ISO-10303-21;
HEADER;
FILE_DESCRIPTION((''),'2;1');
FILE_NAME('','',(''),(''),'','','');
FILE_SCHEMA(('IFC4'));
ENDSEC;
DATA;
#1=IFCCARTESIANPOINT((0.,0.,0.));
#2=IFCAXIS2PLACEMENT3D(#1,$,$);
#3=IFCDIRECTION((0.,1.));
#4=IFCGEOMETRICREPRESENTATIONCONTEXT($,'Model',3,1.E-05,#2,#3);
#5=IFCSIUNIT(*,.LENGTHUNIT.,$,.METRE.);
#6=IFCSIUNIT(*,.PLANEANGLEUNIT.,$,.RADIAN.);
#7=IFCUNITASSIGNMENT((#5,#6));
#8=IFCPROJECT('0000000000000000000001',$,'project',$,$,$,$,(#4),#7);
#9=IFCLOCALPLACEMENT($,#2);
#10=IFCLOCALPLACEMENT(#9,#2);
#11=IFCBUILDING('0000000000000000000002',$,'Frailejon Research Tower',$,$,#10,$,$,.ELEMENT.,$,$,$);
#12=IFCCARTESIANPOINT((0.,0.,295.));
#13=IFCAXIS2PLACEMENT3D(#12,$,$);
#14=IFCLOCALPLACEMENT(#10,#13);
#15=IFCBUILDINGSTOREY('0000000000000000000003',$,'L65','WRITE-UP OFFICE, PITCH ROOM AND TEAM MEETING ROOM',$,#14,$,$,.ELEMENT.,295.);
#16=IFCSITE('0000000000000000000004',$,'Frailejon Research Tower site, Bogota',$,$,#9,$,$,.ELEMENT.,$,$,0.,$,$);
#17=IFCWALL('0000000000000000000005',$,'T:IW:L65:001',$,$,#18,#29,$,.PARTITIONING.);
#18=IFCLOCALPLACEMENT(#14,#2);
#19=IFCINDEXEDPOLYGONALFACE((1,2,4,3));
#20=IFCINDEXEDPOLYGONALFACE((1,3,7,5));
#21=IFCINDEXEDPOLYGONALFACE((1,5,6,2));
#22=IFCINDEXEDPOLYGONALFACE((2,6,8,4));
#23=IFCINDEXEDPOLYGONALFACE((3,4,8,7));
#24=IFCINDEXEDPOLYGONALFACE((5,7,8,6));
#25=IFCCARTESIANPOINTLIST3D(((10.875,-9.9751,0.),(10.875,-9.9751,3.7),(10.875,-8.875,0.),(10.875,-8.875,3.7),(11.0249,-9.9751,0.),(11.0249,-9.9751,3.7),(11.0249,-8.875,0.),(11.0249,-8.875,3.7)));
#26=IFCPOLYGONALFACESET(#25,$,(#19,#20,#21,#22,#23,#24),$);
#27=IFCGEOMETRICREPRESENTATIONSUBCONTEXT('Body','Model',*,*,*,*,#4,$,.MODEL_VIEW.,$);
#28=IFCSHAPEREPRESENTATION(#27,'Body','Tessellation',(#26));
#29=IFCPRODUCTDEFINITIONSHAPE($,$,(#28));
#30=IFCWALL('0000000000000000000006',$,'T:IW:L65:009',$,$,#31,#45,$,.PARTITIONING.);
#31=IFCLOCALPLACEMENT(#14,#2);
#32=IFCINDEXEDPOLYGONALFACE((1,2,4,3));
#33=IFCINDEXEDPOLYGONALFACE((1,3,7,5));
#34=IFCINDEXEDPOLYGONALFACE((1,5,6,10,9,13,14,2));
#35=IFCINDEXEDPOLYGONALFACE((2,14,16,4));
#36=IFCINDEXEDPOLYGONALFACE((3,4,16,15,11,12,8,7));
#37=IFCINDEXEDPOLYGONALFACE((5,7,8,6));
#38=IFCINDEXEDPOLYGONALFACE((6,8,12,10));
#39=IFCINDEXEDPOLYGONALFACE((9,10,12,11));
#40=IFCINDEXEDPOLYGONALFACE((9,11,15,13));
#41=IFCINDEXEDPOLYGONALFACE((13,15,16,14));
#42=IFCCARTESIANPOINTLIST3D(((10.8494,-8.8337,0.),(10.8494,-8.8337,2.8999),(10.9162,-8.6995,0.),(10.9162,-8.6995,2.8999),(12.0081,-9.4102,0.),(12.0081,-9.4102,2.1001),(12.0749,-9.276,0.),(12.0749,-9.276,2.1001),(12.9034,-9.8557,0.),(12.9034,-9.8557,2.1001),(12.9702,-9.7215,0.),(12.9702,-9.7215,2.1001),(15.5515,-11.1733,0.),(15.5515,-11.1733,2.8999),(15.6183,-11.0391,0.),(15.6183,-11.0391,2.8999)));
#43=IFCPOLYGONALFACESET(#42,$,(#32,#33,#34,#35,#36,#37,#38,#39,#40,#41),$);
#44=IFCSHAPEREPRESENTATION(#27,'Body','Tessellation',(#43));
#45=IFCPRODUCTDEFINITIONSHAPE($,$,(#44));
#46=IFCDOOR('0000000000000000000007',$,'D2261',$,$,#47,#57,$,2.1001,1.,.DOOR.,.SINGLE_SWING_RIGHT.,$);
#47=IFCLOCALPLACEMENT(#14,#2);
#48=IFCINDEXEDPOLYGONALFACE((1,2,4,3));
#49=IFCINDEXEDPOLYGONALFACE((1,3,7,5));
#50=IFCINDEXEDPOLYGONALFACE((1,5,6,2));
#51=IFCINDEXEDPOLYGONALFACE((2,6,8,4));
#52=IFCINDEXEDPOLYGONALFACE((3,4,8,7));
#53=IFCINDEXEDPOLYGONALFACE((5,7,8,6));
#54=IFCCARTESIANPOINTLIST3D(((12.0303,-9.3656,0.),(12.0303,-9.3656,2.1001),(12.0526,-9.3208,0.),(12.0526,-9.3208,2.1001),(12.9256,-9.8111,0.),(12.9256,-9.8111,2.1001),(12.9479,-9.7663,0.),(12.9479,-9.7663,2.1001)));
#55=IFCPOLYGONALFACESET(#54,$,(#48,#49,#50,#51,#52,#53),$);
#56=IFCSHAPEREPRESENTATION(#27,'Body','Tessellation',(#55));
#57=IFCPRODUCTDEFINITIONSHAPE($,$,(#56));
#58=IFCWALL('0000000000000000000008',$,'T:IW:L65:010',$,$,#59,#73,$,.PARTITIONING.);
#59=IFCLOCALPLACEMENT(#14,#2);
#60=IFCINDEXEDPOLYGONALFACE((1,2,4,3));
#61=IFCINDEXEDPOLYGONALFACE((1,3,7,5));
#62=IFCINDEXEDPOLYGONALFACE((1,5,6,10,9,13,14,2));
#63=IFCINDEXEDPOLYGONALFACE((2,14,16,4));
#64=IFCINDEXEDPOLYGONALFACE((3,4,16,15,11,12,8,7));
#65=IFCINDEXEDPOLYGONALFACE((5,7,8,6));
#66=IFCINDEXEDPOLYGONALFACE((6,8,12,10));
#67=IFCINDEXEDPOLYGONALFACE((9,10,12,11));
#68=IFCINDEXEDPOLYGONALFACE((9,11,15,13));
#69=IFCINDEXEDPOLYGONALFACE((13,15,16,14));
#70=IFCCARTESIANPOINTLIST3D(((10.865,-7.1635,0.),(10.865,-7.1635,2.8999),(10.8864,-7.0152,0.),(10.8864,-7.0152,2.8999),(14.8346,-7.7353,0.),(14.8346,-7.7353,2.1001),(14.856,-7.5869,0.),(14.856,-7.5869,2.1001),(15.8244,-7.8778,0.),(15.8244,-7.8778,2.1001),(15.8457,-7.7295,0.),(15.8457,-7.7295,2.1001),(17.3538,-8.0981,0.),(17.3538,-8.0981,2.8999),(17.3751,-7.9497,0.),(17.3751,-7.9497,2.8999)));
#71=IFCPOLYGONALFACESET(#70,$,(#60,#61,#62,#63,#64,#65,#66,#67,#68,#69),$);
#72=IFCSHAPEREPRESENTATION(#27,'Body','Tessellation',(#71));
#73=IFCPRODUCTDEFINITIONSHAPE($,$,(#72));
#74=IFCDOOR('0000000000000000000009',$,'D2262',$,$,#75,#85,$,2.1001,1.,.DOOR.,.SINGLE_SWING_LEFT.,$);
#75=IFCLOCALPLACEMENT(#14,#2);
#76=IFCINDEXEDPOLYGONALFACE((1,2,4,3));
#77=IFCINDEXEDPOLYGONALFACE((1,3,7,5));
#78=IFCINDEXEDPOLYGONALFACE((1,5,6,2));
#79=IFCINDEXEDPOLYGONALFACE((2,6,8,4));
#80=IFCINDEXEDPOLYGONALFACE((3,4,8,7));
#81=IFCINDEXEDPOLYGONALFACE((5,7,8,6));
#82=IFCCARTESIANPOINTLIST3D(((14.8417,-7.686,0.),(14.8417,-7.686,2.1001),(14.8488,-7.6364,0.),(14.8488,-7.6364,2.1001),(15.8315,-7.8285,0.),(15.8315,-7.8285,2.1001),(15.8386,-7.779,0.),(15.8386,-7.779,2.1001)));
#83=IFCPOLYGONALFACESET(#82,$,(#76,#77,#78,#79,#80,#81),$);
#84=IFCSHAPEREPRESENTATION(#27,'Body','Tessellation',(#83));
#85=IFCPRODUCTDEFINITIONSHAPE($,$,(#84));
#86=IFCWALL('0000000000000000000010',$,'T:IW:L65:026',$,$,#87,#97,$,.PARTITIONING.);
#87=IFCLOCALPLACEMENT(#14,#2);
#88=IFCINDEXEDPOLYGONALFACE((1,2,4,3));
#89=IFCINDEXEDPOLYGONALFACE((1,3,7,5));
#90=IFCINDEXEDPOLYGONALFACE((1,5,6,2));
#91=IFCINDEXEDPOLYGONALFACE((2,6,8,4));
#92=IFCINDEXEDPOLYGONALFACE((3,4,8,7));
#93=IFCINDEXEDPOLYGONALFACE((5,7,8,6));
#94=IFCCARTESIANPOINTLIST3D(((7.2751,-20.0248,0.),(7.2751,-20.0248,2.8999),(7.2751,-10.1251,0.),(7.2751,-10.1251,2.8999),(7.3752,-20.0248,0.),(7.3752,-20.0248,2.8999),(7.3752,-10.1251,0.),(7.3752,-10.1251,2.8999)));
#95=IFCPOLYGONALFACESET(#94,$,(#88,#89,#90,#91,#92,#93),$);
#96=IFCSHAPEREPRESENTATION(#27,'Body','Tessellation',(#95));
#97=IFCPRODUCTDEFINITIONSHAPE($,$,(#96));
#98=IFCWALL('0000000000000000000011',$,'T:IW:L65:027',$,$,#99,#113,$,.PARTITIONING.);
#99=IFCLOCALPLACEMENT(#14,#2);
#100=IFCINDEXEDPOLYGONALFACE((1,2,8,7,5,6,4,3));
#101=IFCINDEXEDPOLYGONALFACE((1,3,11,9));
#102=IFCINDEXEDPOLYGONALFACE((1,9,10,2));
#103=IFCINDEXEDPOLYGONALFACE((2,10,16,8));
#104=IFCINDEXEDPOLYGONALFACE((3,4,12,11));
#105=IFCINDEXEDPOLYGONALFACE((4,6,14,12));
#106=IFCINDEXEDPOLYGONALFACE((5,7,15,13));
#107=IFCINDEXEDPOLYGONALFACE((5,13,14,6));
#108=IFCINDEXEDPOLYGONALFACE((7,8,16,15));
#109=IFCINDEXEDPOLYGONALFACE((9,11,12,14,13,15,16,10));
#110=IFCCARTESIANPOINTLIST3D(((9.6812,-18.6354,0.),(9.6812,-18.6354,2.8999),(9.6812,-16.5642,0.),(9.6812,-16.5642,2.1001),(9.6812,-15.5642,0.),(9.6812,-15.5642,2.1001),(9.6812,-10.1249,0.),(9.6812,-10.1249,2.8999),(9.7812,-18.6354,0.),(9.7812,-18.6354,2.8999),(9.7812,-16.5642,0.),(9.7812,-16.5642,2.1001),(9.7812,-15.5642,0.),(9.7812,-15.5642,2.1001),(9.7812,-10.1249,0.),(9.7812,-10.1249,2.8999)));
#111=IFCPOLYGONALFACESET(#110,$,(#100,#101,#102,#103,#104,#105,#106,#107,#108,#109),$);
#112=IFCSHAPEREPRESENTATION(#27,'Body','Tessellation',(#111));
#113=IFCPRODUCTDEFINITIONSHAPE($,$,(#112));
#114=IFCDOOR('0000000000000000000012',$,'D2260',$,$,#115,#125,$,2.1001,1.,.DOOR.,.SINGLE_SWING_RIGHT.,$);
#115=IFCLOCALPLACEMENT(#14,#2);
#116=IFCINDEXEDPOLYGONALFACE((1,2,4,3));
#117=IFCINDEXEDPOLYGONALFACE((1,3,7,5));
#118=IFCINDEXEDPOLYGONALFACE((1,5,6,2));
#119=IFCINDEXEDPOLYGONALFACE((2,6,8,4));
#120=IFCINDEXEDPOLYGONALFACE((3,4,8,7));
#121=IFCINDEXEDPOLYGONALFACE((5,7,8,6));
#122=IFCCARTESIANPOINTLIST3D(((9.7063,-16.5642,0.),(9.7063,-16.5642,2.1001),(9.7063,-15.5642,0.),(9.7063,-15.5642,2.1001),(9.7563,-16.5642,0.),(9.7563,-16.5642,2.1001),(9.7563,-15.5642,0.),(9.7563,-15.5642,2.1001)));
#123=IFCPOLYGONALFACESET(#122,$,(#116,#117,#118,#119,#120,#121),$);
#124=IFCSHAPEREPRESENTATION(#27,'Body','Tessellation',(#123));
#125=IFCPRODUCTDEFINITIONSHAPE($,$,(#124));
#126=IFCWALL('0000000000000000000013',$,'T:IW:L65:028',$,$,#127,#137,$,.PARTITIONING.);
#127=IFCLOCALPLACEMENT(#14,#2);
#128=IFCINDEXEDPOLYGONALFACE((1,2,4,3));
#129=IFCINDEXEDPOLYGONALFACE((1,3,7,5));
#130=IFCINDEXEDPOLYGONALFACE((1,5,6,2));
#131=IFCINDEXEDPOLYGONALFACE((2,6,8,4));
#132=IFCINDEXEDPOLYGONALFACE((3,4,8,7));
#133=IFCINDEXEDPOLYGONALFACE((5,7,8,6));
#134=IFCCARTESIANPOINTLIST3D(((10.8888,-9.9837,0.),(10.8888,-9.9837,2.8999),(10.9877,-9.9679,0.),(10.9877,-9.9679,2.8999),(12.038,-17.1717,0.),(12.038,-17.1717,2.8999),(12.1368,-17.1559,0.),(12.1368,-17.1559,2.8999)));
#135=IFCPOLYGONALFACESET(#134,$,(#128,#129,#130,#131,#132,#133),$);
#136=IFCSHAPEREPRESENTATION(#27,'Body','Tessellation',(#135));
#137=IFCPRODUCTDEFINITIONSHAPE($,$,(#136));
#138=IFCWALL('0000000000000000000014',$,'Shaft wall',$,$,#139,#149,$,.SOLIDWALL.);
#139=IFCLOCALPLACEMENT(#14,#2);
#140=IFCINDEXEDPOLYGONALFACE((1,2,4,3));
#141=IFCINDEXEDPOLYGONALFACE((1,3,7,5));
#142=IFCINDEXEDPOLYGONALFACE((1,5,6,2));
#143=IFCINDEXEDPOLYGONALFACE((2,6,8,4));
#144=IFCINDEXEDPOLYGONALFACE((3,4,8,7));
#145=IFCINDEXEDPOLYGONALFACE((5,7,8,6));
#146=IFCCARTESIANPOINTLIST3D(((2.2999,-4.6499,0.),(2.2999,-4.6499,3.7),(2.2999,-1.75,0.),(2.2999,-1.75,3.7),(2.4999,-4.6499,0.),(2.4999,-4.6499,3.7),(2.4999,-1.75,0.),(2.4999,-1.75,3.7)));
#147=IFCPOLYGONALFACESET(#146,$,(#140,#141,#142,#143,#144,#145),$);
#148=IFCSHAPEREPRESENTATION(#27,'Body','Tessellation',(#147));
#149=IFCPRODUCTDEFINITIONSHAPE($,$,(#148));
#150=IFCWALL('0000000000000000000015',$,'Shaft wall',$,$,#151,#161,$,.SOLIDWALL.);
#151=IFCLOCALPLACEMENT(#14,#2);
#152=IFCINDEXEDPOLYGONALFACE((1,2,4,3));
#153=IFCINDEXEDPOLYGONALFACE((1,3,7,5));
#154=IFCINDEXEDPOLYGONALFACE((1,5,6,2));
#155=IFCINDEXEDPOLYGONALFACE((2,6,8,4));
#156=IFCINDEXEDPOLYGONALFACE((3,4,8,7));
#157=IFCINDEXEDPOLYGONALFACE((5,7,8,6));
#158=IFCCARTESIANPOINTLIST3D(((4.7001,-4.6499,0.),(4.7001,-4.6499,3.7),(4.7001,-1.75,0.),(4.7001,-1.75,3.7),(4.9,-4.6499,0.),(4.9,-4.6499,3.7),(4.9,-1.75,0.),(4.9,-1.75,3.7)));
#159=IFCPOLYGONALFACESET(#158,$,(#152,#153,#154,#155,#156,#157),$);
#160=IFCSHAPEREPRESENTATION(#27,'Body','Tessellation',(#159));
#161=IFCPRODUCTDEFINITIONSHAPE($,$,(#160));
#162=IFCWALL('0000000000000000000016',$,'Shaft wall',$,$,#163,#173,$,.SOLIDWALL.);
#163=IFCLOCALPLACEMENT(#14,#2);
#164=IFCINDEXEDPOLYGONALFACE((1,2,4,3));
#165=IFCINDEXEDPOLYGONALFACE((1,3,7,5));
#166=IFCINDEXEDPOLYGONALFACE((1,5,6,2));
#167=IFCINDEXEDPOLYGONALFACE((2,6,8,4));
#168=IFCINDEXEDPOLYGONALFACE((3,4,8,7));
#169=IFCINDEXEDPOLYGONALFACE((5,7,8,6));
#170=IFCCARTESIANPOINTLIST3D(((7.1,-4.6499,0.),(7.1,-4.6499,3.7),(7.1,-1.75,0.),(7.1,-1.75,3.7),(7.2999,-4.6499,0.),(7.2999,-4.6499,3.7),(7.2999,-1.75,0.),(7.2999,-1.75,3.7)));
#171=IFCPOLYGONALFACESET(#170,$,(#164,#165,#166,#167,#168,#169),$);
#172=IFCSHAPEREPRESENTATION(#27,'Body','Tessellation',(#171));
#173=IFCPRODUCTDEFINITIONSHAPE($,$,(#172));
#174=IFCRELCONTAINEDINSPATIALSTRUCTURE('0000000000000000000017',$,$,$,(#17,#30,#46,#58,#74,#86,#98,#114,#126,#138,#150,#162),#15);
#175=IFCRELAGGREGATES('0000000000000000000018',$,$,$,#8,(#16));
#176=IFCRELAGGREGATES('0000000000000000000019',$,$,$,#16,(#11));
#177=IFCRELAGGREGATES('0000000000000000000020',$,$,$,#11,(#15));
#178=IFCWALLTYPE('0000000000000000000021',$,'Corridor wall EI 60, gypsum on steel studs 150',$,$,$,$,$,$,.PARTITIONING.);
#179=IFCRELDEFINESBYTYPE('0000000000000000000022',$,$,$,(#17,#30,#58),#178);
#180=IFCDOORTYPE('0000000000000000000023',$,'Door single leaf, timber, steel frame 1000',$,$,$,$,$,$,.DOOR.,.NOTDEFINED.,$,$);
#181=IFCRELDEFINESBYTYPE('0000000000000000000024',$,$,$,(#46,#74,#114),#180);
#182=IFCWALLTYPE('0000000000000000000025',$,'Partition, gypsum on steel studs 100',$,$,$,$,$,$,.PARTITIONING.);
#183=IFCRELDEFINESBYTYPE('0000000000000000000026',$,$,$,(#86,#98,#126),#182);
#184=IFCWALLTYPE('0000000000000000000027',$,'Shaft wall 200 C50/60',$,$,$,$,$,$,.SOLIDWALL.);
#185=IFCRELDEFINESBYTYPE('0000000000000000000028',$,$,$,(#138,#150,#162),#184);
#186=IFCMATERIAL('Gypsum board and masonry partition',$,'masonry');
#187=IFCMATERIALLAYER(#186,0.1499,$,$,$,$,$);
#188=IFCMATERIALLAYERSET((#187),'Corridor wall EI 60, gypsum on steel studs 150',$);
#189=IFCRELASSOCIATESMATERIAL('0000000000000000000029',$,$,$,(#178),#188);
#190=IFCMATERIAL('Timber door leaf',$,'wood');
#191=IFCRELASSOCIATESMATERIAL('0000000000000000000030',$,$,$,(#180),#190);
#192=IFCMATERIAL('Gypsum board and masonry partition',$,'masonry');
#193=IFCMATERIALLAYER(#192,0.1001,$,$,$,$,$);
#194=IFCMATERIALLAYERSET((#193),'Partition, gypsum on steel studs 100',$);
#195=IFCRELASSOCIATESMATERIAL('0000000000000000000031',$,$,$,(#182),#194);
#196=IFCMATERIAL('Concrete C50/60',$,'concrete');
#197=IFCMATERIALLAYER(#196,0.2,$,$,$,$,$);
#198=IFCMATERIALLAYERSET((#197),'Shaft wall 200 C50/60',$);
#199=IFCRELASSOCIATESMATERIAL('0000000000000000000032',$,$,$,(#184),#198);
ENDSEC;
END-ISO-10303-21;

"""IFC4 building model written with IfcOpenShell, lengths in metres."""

from ifc_helpers import new_model, si_unit, direction, frame, frame_2d, origin, place, context, subcontext, project, spatial, rectangle, extrude, material, layer, layer_set, type_object, element, fill, save


model = new_model("IFC4")

# Units and contexts
model_context = context("Model", 3, precision=1e-05, world=origin(), true_north=direction((0.0, 1.0)))
body_context = subcontext(model_context, "Body", "Model", "MODEL_VIEW")
ifc_project = project(units=[si_unit("LENGTHUNIT", "METRE"), si_unit("PLANEANGLEUNIT", "RADIAN")], contexts=[model_context])

# Site, building, storey
site_placement = place(None, origin())
site = spatial("IfcSite", under=ifc_project, at=site_placement, Name="Frailejon Research Tower site, Bogota", CompositionType="ELEMENT", RefElevation=0.0)
building_placement = place(site_placement, origin())
building = spatial("IfcBuilding", under=site, at=building_placement, Name="Frailejon Research Tower", CompositionType="ELEMENT")
storey_placement = place(building_placement, frame((0.0, 0.0, 295.0)))
storey = spatial("IfcBuildingStorey", under=building, at=storey_placement, Name="L65", Description="WRITE-UP OFFICE, PITCH ROOM AND TEAM MEETING ROOM", CompositionType="ELEMENT", Elevation=295.0)

# Wall
ifc_material_1 = material(Name="Gypsum board and masonry partition", Category="masonry")
ifc_layer_1 = layer(ifc_material_1, 0.1499)
ifc_layer_set_1 = layer_set([ifc_layer_1], Name="Corridor wall EI 60, gypsum on steel studs 150")
wall_type_1 = type_object("IfcWallType", Name="Corridor wall EI 60, gypsum on steel studs 150", PredefinedType="PARTITIONING", material=ifc_layer_set_1)
wall_1_placement = place(storey_placement, frame((10.95, -9.9751, 0.0), z_axis=(0.0, 0.0, 1.0), x_axis=(0.0, 1.0, 0.0)))
element("IfcWall", 1, at=wall_1_placement, inside=storey, type_object=wall_type_1, Name="T:IW:L65:001", PredefinedType="PARTITIONING", context=body_context, shape_type="SweptSolid", body=[
    extrude(rectangle(XDim=1.1001, YDim=0.1499, at=frame_2d((0.55, 0.0))), origin(), (0.0, 0.0, 1.0), 3.7),
])

# Walls, openings, doors
wall_2_placement = place(storey_placement, frame((10.8828, -8.7666, 0.0), z_axis=(0.0, 0.0, 1.0), x_axis=(0.895299, -0.445465, 0.0)))
wall_2 = element("IfcWall", 2, at=wall_2_placement, inside=storey, type_object=wall_type_1, Name="T:IW:L65:009", PredefinedType="PARTITIONING", context=body_context, shape_type="SweptSolid", body=[
    extrude(rectangle(XDim=5.252, YDim=0.1499, at=frame_2d((2.626, 0.0))), origin(), (0.0, 0.0, 1.0), 2.8999),
])
opening_1_placement = place(wall_2_placement, frame((1.2942, 0.0, 0.0)))
opening_1 = element("IfcOpeningElement", 3, at=opening_1_placement, cuts=wall_2, PredefinedType="OPENING", context=body_context, shape_type="SweptSolid", body=[
    extrude(rectangle(XDim=1.0, YDim=2.1001, at=frame_2d((0.5, 1.05))), frame((0.0, 0.085, 0.0), z_axis=(0.0, -1.0, 0.0), x_axis=(1.0, 0.0, 0.0)), (0.0, 0.0, 1.0), 0.1699),
])
ifc_material_2 = material(Name="Timber door leaf", Category="wood")
door_type_1 = type_object("IfcDoorType", Name="Door single leaf, timber, steel frame 1000", OperationType="NOTDEFINED", PredefinedType="DOOR", material=ifc_material_2)
door_1_placement = place(opening_1_placement, origin())
door_1 = element("IfcDoor", 4, at=door_1_placement, inside=storey, type_object=door_type_1, Name="D2261", OperationType="SINGLE_SWING_RIGHT", OverallHeight=2.1001, OverallWidth=1.0, PredefinedType="DOOR", context=body_context, shape_type="SweptSolid", body=[
    extrude(rectangle(XDim=1.0, YDim=2.1001, at=frame_2d((0.5, 1.05))), frame((0.0, 0.0249, 0.0), z_axis=(0.0, -1.0, 0.0), x_axis=(1.0, 0.0, 0.0)), (0.0, 0.0, 1.0), 0.05),
])
fill(opening_1, door_1)
wall_3_placement = place(storey_placement, frame((10.8757, -7.0894, 0.0), z_axis=(0.0, 0.0, 1.0), x_axis=(0.989786, -0.142558, 0.0)))
wall_3 = element("IfcWall", 5, at=wall_3_placement, inside=storey, type_object=wall_type_1, Name="T:IW:L65:010", PredefinedType="PARTITIONING", context=body_context, shape_type="SweptSolid", body=[
    extrude(rectangle(XDim=6.5557, YDim=0.1499, at=frame_2d((3.2778, 0.0))), origin(), (0.0, 0.0, 1.0), 2.8999),
])
opening_2_placement = place(wall_3_placement, frame((4.0105, 0.0, 0.0)))
opening_2 = element("IfcOpeningElement", 6, at=opening_2_placement, cuts=wall_3, PredefinedType="OPENING", context=body_context, shape_type="SweptSolid", body=[
    extrude(rectangle(XDim=1.0, YDim=2.1001, at=frame_2d((0.5, 1.05))), frame((0.0, 0.085, 0.0), z_axis=(0.0, -1.0, 0.0), x_axis=(1.0, 0.0, 0.0)), (0.0, 0.0, 1.0), 0.1699),
])
door_2_placement = place(opening_2_placement, origin())
door_2 = element("IfcDoor", 7, at=door_2_placement, inside=storey, type_object=door_type_1, Name="D2262", OperationType="SINGLE_SWING_LEFT", OverallHeight=2.1001, OverallWidth=1.0, PredefinedType="DOOR", context=body_context, shape_type="SweptSolid", body=[
    extrude(rectangle(XDim=1.0, YDim=2.1001, at=frame_2d((0.5, 1.05))), frame((0.0, 0.0249, 0.0), z_axis=(0.0, -1.0, 0.0), x_axis=(1.0, 0.0, 0.0)), (0.0, 0.0, 1.0), 0.05),
])
fill(opening_2, door_2)

# Wall
ifc_material_3 = material(Name="Gypsum board and masonry partition", Category="masonry")
ifc_layer_2 = layer(ifc_material_3, 0.1001)
ifc_layer_set_2 = layer_set([ifc_layer_2], Name="Partition, gypsum on steel studs 100")
wall_type_2 = type_object("IfcWallType", Name="Partition, gypsum on steel studs 100", PredefinedType="PARTITIONING", material=ifc_layer_set_2)
wall_4_placement = place(storey_placement, frame((7.3252, -20.0247, 0.0), z_axis=(0.0, 0.0, 1.0), x_axis=(0.0, 1.0, 0.0)))
element("IfcWall", 8, at=wall_4_placement, inside=storey, type_object=wall_type_2, Name="T:IW:L65:026", PredefinedType="PARTITIONING", context=body_context, shape_type="SweptSolid", body=[
    extrude(rectangle(XDim=9.8997, YDim=0.1001, at=frame_2d((4.9497, 0.0))), origin(), (0.0, 0.0, 1.0), 2.8999),
])

# Wall, opening, door
wall_5_placement = place(storey_placement, frame((9.7312, -18.6355, 0.0), z_axis=(0.0, 0.0, 1.0), x_axis=(0.0, 1.0, 0.0)))
wall_5 = element("IfcWall", 9, at=wall_5_placement, inside=storey, type_object=wall_type_2, Name="T:IW:L65:027", PredefinedType="PARTITIONING", context=body_context, shape_type="SweptSolid", body=[
    extrude(rectangle(XDim=8.5105, YDim=0.1001, at=frame_2d((4.2554, 0.0))), origin(), (0.0, 0.0, 1.0), 2.8999),
])
opening_3_placement = place(wall_5_placement, frame((2.0713, 0.0, 0.0)))
opening_3 = element("IfcOpeningElement", 10, at=opening_3_placement, cuts=wall_5, PredefinedType="OPENING", context=body_context, shape_type="SweptSolid", body=[
    extrude(rectangle(XDim=1.0, YDim=2.1001, at=frame_2d((0.5, 1.05))), frame((0.0, 0.0601, 0.0), z_axis=(0.0, -1.0, 0.0), x_axis=(1.0, 0.0, 0.0)), (0.0, 0.0, 1.0), 0.1201),
])
door_3_placement = place(opening_3_placement, origin())
door_3 = element("IfcDoor", 11, at=door_3_placement, inside=storey, type_object=door_type_1, Name="D2260", OperationType="SINGLE_SWING_RIGHT", OverallHeight=2.1001, OverallWidth=1.0, PredefinedType="DOOR", context=body_context, shape_type="SweptSolid", body=[
    extrude(rectangle(XDim=1.0, YDim=2.1001, at=frame_2d((0.5, 1.05))), frame((0.0, 0.0249, 0.0), z_axis=(0.0, -1.0, 0.0), x_axis=(1.0, 0.0, 0.0)), (0.0, 0.0, 1.0), 0.05),
])
fill(opening_3, door_3)

# Walls
wall_6_placement = place(storey_placement, frame((10.9382, -9.9758, 0.0), z_axis=(0.0, 0.0, 1.0), x_axis=(0.157869, -0.98746, 0.0)))
element("IfcWall", 12, at=wall_6_placement, inside=storey, type_object=wall_type_2, Name="T:IW:L65:028", PredefinedType="PARTITIONING", context=body_context, shape_type="SweptSolid", body=[
    extrude(rectangle(XDim=7.2793, YDim=0.1001, at=frame_2d((3.6396, 0.0))), origin(), (0.0, 0.0, 1.0), 2.8999),
])
ifc_material_4 = material(Name="Concrete C50/60", Category="concrete")
ifc_layer_3 = layer(ifc_material_4, 0.2)
ifc_layer_set_3 = layer_set([ifc_layer_3], Name="Shaft wall 200 C50/60")
wall_type_3 = type_object("IfcWallType", Name="Shaft wall 200 C50/60", PredefinedType="SOLIDWALL", material=ifc_layer_set_3)
for number, where, z_axis, x_axis, name in (
    (13, (2.3999, -4.6499, 0.0), (0.0, 0.0, 1.0), (0.0, 1.0, 0.0), "Shaft wall"),
    (14, (4.8, -4.6499, 0.0), (0.0, 0.0, 1.0), (0.0, 1.0, 0.0), "Shaft wall"),
    (15, (7.2, -4.6499, 0.0), (0.0, 0.0, 1.0), (0.0, 1.0, 0.0), "Shaft wall"),
):
    element("IfcWall", number, at=place(storey_placement, frame(where, z_axis=z_axis, x_axis=x_axis)), inside=storey, type_object=wall_type_3, Name=name, PredefinedType="SOLIDWALL", context=body_context, shape_type="SweptSolid", body=[
        extrude(rectangle(XDim=2.8999, YDim=0.2, at=frame_2d((1.45, 0.0))), origin(), (0.0, 0.0, 1.0), 3.7),
    ])

save(model, "model.ifc")
